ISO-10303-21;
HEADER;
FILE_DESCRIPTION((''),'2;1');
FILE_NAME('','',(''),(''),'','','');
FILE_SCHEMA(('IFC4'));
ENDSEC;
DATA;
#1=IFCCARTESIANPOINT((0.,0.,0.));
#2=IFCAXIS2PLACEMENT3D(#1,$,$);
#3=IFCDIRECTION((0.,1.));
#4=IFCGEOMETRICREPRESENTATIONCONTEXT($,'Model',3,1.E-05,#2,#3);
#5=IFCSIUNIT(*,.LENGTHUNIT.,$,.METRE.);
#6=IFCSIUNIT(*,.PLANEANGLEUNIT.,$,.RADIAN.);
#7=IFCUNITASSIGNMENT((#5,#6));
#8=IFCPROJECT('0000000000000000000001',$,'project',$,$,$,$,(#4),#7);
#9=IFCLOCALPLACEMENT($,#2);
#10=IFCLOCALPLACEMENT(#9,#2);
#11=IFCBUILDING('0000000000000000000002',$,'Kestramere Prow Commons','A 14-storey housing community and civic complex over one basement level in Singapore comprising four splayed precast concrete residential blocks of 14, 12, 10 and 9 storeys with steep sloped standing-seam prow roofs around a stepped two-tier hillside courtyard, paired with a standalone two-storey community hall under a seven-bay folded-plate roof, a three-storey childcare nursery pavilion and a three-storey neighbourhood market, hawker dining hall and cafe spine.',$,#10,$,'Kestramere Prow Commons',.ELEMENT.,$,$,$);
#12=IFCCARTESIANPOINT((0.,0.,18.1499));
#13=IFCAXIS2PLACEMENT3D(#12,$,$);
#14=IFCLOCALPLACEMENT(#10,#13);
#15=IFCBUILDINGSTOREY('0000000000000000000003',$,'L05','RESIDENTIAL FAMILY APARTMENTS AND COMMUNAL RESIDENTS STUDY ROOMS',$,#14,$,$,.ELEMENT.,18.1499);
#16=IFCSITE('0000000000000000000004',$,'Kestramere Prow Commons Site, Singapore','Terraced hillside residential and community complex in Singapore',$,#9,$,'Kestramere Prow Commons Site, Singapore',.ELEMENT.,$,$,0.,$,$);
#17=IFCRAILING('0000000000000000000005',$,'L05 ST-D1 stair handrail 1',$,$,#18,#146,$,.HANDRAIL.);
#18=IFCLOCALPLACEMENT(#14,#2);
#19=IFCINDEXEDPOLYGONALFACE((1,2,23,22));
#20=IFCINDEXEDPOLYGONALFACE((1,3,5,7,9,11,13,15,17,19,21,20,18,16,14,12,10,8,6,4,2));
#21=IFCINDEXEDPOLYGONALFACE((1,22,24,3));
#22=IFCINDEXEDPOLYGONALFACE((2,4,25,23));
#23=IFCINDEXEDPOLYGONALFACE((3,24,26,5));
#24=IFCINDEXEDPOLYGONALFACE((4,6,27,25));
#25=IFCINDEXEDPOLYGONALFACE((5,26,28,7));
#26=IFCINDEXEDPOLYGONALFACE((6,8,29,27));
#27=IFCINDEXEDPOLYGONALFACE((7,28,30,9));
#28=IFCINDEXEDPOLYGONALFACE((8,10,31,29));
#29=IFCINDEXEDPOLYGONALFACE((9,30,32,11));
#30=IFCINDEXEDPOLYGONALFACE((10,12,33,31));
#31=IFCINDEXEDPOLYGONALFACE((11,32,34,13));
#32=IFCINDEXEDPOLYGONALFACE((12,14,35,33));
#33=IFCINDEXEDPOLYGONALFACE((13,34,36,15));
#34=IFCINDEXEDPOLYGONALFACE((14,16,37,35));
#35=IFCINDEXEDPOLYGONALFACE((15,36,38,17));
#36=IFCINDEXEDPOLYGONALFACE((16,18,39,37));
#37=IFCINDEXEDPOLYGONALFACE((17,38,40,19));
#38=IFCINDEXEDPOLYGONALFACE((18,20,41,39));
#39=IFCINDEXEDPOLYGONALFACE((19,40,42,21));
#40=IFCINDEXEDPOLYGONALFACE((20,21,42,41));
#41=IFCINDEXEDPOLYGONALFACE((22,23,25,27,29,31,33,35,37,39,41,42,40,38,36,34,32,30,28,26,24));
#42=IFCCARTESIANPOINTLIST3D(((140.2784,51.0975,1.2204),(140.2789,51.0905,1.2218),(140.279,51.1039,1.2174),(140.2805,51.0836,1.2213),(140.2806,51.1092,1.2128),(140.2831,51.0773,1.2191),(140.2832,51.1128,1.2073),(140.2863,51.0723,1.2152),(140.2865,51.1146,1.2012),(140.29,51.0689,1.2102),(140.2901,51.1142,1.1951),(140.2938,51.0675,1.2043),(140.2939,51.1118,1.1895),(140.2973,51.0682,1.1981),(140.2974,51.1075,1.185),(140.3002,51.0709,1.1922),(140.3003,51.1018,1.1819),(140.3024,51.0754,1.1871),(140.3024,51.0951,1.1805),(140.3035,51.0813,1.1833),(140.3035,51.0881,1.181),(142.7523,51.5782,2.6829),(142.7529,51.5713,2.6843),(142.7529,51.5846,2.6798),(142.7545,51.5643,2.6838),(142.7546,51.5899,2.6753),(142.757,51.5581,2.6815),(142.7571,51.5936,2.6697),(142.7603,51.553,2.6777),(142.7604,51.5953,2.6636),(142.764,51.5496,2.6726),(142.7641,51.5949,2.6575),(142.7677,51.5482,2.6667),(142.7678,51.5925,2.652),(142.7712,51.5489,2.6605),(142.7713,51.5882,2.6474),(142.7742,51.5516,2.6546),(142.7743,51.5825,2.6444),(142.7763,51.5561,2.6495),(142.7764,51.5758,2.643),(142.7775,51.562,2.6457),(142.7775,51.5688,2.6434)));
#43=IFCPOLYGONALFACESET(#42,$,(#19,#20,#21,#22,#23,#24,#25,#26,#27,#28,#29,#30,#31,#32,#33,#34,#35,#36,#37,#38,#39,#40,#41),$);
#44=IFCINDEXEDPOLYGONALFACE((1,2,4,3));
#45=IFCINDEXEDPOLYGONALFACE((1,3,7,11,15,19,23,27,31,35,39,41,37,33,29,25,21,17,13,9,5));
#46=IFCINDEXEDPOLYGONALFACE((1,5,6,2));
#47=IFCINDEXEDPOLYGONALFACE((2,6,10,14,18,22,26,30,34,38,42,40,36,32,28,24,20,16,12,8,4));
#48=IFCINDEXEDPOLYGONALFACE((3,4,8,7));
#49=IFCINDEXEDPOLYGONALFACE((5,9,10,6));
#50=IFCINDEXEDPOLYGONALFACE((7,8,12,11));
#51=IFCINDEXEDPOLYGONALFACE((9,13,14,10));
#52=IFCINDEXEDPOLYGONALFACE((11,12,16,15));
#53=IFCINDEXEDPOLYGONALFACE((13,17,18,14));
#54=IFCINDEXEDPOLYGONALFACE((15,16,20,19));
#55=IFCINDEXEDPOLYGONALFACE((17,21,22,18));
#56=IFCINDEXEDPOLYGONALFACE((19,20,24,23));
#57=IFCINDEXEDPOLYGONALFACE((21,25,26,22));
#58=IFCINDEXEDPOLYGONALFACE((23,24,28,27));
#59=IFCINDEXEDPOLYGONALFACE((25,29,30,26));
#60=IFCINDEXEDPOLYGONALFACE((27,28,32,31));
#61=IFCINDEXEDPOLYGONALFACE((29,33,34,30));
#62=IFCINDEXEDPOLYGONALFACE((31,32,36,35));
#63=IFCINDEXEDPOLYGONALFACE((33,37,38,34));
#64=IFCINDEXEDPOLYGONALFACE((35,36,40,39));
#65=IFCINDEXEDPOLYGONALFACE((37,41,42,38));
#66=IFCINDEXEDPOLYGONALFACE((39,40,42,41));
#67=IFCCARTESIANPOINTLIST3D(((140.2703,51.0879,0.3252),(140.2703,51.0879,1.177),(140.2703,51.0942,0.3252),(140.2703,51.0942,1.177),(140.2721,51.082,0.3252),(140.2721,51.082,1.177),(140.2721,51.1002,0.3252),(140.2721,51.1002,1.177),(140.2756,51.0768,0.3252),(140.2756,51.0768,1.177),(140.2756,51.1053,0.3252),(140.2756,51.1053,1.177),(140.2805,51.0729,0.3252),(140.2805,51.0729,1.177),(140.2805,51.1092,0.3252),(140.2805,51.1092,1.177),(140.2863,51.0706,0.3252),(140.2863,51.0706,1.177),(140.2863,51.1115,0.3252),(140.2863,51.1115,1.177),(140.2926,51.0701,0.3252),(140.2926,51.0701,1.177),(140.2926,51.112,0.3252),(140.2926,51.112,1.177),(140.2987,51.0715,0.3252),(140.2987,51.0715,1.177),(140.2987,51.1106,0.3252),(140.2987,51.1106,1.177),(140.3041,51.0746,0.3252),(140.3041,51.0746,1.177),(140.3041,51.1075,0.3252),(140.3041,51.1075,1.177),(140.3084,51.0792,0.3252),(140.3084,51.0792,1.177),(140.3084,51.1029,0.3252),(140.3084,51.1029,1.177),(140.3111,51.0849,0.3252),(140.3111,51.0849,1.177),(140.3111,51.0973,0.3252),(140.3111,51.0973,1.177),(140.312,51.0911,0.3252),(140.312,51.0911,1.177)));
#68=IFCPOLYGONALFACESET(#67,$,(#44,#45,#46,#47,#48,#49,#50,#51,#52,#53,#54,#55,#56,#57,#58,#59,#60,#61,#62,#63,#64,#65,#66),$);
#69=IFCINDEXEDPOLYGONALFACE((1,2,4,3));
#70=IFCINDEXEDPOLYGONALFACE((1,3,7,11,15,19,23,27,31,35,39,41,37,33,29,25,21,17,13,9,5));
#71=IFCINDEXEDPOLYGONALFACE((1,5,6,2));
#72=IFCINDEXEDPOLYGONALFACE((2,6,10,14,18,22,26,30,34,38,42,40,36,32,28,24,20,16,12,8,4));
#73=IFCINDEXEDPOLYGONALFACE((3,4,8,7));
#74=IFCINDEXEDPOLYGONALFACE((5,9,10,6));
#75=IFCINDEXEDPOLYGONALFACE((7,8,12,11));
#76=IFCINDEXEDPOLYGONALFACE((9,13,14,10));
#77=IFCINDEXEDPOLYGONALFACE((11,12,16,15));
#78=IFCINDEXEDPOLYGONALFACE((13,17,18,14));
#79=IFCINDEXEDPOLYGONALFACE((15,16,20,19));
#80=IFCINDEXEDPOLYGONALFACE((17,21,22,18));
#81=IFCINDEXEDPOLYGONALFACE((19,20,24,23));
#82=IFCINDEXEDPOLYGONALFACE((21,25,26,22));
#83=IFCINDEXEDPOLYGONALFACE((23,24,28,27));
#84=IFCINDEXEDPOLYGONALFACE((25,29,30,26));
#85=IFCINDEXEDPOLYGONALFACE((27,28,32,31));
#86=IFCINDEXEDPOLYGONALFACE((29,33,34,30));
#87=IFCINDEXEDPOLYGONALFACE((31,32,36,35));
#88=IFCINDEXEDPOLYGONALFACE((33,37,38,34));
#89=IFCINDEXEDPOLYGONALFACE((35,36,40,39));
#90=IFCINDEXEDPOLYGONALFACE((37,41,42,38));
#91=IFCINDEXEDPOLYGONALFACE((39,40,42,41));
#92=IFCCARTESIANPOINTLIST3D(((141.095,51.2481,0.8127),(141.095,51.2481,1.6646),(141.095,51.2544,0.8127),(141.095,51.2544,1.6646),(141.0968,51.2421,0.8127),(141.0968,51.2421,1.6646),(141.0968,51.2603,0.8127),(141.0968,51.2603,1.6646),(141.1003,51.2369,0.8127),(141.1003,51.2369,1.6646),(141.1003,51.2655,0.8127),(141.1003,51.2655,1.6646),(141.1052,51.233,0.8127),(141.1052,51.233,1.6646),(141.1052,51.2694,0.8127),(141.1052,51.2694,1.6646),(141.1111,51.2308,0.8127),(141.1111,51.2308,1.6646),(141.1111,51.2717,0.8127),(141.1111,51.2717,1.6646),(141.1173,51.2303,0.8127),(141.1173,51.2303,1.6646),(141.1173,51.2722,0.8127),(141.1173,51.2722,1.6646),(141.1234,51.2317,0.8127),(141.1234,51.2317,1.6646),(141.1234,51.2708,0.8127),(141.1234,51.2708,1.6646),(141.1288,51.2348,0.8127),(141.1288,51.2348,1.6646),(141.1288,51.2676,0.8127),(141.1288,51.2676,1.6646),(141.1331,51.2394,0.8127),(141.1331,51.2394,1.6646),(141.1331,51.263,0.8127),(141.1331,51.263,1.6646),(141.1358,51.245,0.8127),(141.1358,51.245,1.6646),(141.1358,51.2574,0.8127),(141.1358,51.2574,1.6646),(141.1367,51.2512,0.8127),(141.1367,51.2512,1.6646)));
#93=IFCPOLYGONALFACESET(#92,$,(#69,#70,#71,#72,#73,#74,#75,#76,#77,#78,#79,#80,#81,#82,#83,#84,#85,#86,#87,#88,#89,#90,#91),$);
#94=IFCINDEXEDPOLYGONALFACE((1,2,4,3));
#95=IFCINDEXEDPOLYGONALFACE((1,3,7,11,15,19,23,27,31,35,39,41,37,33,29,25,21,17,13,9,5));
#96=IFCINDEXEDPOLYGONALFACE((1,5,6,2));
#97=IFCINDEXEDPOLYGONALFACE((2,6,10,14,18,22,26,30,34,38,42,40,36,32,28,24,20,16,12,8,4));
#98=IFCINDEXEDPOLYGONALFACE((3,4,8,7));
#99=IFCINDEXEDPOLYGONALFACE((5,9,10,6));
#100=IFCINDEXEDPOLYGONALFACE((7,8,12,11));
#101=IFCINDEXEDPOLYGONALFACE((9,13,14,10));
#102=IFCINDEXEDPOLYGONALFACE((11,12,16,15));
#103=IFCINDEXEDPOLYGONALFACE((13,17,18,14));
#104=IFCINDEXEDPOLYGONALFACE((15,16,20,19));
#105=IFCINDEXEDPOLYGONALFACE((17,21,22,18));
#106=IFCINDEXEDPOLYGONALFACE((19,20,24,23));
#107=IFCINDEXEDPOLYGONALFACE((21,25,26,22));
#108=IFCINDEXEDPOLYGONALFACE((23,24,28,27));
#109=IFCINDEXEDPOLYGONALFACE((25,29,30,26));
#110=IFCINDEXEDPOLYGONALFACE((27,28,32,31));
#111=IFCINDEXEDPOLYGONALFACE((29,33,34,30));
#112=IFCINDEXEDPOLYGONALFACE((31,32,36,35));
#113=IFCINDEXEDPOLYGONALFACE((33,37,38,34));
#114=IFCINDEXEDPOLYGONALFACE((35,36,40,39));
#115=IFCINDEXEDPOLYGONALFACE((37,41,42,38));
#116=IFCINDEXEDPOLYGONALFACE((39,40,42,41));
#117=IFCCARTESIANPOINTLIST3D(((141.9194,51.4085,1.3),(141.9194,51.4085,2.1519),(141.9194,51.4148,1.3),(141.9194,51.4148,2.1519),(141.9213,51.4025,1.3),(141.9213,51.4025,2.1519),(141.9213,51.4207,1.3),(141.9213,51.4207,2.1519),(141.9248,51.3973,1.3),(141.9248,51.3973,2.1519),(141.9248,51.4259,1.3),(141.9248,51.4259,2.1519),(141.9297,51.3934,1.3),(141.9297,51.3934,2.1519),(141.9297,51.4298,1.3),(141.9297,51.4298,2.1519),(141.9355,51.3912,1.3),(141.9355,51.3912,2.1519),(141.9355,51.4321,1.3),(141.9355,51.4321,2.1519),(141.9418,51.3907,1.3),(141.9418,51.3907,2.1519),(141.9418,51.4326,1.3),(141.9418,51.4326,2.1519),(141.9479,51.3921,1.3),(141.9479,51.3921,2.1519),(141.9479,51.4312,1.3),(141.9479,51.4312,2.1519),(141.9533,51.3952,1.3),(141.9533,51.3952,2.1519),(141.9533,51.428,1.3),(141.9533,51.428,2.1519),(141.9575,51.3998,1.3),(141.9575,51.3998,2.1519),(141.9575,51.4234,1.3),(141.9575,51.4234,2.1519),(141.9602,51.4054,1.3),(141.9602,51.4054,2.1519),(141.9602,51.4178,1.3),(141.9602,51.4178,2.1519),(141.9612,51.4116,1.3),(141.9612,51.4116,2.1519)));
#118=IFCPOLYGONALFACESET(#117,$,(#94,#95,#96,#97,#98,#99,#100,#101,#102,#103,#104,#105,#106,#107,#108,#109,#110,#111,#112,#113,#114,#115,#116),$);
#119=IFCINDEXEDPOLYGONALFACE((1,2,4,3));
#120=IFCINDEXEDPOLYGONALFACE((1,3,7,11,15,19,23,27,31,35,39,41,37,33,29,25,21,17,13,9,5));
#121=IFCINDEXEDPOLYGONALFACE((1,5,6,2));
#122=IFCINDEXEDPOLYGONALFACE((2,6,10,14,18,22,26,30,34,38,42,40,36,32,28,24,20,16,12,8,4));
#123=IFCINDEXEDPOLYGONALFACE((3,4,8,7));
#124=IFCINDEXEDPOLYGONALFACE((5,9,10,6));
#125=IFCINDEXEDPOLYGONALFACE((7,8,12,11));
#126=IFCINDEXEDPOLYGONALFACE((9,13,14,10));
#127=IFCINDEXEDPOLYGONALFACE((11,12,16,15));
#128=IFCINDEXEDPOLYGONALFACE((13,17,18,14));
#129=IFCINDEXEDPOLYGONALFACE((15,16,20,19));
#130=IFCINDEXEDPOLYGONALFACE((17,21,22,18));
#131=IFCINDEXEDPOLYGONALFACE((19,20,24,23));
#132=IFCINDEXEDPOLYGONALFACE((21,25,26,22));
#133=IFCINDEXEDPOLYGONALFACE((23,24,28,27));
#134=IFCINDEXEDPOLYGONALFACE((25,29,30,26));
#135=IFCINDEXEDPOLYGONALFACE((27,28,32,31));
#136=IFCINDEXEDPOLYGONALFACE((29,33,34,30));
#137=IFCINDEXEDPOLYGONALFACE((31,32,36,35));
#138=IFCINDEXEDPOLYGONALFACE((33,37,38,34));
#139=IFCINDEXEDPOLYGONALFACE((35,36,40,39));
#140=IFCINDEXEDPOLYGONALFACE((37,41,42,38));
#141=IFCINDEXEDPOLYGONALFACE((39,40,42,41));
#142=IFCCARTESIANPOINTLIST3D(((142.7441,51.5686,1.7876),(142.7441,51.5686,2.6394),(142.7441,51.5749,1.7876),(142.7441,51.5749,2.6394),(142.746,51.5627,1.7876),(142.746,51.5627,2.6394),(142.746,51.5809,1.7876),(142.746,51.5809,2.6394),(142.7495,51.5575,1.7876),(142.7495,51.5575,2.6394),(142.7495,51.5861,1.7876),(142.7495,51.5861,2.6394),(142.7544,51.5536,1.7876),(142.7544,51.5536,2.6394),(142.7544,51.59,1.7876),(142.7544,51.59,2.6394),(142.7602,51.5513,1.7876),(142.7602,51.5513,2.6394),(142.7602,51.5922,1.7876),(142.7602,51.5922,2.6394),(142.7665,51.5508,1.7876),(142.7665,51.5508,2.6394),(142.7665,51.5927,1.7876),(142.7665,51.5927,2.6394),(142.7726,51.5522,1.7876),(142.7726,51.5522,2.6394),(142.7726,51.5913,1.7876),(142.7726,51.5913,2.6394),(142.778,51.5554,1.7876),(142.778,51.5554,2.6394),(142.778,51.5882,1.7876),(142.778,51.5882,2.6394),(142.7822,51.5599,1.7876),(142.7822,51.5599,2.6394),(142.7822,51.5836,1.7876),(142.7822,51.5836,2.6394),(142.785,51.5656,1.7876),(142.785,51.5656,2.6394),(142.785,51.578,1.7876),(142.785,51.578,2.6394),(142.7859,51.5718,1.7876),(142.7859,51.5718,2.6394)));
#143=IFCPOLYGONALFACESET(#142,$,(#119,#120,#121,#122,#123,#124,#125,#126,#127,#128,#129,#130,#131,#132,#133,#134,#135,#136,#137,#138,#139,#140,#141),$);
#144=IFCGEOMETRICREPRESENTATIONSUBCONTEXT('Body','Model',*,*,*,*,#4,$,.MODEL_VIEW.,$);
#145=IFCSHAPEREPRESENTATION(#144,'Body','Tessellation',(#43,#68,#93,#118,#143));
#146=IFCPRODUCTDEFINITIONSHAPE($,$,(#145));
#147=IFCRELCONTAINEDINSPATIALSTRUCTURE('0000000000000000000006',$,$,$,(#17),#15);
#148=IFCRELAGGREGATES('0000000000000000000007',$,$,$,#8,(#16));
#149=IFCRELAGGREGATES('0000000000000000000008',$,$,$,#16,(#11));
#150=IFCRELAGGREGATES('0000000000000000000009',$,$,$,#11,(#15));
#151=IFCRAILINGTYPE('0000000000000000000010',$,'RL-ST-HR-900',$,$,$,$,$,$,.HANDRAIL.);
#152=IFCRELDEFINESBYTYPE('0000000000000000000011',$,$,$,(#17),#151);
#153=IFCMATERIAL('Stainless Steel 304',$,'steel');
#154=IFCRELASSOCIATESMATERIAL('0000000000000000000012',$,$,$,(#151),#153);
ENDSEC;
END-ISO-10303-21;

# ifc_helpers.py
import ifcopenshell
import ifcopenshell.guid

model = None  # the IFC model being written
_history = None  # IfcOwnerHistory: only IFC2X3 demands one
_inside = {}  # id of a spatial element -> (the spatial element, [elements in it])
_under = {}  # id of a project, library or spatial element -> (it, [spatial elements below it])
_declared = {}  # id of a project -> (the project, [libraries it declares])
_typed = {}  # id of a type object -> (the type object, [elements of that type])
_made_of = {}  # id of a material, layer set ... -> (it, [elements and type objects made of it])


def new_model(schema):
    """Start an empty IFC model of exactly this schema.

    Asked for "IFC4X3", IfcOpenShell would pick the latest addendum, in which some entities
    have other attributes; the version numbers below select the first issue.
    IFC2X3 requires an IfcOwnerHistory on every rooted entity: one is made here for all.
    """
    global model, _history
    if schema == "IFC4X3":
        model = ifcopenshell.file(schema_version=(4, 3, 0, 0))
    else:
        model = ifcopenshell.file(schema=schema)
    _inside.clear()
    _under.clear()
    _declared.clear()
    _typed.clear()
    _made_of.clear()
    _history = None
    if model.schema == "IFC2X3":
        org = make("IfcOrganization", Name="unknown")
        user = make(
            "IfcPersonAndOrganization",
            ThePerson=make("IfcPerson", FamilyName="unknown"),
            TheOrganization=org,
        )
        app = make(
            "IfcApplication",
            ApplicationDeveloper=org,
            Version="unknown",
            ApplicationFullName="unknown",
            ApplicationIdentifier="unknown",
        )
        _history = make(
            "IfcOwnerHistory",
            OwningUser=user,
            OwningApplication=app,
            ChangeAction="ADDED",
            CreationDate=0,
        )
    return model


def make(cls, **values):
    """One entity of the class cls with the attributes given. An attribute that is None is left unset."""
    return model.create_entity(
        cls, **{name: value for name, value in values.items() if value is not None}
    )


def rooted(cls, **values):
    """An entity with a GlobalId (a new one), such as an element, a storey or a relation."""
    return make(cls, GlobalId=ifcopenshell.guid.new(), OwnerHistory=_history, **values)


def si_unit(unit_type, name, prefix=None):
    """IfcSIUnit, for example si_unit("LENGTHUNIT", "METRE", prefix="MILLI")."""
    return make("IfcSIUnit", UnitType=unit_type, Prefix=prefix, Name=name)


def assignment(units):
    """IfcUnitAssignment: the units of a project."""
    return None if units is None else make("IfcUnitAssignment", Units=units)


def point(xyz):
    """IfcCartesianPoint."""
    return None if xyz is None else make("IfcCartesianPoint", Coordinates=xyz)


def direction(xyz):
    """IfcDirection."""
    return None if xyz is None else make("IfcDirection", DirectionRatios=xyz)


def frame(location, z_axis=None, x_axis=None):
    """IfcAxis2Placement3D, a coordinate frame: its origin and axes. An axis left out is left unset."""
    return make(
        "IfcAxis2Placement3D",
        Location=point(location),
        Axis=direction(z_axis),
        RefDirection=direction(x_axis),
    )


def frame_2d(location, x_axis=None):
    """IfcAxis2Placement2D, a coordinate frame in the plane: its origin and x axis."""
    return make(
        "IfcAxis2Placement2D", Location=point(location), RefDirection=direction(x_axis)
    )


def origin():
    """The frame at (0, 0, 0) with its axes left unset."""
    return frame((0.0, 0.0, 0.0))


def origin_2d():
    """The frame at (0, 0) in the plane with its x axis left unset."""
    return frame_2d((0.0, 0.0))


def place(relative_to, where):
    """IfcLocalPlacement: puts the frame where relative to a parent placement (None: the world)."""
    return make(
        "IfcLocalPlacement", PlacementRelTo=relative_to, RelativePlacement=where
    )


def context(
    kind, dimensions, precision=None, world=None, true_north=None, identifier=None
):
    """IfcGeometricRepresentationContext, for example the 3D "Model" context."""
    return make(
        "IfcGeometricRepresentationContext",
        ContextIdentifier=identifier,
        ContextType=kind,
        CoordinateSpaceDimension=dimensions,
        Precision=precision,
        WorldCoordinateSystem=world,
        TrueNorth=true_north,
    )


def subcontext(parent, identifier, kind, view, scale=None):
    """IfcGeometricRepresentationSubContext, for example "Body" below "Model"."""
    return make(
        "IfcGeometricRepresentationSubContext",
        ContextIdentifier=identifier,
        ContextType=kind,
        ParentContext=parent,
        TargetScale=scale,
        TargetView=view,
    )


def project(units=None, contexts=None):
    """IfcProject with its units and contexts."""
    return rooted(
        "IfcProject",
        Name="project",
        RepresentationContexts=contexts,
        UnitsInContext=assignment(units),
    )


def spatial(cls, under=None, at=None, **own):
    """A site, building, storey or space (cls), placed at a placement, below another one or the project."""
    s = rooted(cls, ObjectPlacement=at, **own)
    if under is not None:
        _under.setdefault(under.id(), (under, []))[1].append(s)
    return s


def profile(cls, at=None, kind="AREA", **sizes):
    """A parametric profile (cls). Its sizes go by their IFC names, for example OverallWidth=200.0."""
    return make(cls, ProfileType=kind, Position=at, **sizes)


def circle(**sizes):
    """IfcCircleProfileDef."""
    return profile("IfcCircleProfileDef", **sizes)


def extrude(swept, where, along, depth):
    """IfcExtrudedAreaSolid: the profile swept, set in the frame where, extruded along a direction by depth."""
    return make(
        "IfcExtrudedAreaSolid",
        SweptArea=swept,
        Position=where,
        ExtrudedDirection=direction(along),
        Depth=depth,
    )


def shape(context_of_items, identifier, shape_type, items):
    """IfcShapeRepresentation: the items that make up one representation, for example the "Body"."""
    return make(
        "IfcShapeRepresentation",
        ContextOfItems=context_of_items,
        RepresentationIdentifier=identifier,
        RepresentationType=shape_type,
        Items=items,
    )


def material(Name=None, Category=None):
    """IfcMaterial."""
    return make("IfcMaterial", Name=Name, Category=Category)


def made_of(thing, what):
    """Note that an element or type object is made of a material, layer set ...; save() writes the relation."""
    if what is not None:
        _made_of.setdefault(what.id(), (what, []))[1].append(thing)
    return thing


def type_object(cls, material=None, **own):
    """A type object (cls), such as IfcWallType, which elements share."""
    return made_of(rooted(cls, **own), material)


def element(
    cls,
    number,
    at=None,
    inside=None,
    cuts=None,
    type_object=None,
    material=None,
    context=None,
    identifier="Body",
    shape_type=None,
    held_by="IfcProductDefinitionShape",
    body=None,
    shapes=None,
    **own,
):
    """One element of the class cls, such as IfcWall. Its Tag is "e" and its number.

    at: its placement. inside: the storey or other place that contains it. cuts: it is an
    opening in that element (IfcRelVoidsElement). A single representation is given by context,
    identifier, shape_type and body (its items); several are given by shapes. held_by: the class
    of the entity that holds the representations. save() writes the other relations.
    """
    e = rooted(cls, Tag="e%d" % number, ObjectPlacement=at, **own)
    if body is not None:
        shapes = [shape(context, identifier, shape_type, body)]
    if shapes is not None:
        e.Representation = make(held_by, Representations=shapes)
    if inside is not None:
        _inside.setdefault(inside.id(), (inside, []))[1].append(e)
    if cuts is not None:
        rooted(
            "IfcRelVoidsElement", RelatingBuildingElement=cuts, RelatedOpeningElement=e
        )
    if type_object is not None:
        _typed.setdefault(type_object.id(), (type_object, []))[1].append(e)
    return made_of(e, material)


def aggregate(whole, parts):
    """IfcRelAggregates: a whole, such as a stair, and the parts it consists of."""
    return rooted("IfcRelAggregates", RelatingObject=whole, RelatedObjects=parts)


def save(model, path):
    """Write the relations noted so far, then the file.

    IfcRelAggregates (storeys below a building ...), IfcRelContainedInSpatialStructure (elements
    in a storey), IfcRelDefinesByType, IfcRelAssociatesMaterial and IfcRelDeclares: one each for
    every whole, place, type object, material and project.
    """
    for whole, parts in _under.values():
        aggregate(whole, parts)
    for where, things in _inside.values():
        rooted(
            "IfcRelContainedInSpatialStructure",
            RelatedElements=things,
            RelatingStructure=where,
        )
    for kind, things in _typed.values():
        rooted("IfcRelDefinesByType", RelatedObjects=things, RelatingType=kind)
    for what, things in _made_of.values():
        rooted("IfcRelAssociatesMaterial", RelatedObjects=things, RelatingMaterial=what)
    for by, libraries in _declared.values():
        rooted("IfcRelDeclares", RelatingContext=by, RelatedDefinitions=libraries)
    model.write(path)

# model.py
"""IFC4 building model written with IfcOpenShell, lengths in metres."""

from ifc_helpers import new_model, si_unit, direction, frame, origin, origin_2d, place, context, subcontext, project, spatial, circle, extrude, material, type_object, element, save


model = new_model("IFC4")

# Units and contexts
model_context = context("Model", 3, precision=1e-05, world=origin(), true_north=direction((0.0, 1.0)))
body_context = subcontext(model_context, "Body", "Model", "MODEL_VIEW")
ifc_project = project(units=[si_unit("LENGTHUNIT", "METRE"), si_unit("PLANEANGLEUNIT", "RADIAN")], contexts=[model_context])

# Site, building, storey
site_placement = place(None, origin())
site = spatial("IfcSite", under=ifc_project, at=site_placement, Name="Kestramere Prow Commons Site, Singapore", Description="Terraced hillside residential and community complex in Singapore", LongName="Kestramere Prow Commons Site, Singapore", CompositionType="ELEMENT", RefElevation=0.0)
building_placement = place(site_placement, origin())
building = spatial("IfcBuilding", under=site, at=building_placement, Name="Kestramere Prow Commons", Description="A 14-storey housing community and civic complex over one basement level in Singapore comprising four splayed precast concrete residential blocks of 14, 12, 10 and 9 storeys with steep sloped standing-seam prow roofs around a stepped two-tier hillside courtyard, paired with a standalone two-storey community hall under a seven-bay folded-plate roof, a three-storey childcare nursery pavilion and a three-storey neighbourhood market, hawker dining hall and cafe spine.", LongName="Kestramere Prow Commons", CompositionType="ELEMENT")
storey_placement = place(building_placement, frame((0.0, 0.0, 18.1499)))
storey = spatial("IfcBuildingStorey", under=building, at=storey_placement, Name="L05", Description="RESIDENTIAL FAMILY APARTMENTS AND COMMUNAL RESIDENTS STUDY ROOMS", CompositionType="ELEMENT", Elevation=18.1499)

# Railing
ifc_material_1 = material(Name="Stainless Steel 304", Category="steel")
railing_type = type_object("IfcRailingType", Name="RL-ST-HR-900", PredefinedType="HANDRAIL", material=ifc_material_1)
railing_placement = place(storey_placement, frame((140.291, 51.0911, 0.3252)))
element("IfcRailing", 1, at=railing_placement, inside=storey, type_object=railing_type, Name="L05 ST-D1 stair handrail 1", PredefinedType="HANDRAIL", context=body_context, shape_type="SweptSolid", body=[
    extrude(circle(Radius=0.0239, at=origin_2d()), frame((0.0, 0.0, 0.876), z_axis=(0.849044, 0.164982, 0.501902), x_axis=(-0.190748, 0.981639, 0.0)), (0.0, 0.0, 1.0), 2.9138),
    extrude(circle(Radius=0.021, at=origin_2d()), origin(), (0.0, 0.0, 1.0), 0.8518),
    extrude(circle(Radius=0.021, at=origin_2d()), frame((0.8247, 0.1602, 0.4875)), (0.0, 0.0, 1.0), 0.8518),
    extrude(circle(Radius=0.021, at=origin_2d()), frame((1.6492, 0.3206, 0.9749)), (0.0, 0.0, 1.0), 0.8518),
    extrude(circle(Radius=0.021, at=origin_2d()), frame((2.4739, 0.4807, 1.4624)), (0.0, 0.0, 1.0), 0.8518),
])

save(model, "model.ifc")
